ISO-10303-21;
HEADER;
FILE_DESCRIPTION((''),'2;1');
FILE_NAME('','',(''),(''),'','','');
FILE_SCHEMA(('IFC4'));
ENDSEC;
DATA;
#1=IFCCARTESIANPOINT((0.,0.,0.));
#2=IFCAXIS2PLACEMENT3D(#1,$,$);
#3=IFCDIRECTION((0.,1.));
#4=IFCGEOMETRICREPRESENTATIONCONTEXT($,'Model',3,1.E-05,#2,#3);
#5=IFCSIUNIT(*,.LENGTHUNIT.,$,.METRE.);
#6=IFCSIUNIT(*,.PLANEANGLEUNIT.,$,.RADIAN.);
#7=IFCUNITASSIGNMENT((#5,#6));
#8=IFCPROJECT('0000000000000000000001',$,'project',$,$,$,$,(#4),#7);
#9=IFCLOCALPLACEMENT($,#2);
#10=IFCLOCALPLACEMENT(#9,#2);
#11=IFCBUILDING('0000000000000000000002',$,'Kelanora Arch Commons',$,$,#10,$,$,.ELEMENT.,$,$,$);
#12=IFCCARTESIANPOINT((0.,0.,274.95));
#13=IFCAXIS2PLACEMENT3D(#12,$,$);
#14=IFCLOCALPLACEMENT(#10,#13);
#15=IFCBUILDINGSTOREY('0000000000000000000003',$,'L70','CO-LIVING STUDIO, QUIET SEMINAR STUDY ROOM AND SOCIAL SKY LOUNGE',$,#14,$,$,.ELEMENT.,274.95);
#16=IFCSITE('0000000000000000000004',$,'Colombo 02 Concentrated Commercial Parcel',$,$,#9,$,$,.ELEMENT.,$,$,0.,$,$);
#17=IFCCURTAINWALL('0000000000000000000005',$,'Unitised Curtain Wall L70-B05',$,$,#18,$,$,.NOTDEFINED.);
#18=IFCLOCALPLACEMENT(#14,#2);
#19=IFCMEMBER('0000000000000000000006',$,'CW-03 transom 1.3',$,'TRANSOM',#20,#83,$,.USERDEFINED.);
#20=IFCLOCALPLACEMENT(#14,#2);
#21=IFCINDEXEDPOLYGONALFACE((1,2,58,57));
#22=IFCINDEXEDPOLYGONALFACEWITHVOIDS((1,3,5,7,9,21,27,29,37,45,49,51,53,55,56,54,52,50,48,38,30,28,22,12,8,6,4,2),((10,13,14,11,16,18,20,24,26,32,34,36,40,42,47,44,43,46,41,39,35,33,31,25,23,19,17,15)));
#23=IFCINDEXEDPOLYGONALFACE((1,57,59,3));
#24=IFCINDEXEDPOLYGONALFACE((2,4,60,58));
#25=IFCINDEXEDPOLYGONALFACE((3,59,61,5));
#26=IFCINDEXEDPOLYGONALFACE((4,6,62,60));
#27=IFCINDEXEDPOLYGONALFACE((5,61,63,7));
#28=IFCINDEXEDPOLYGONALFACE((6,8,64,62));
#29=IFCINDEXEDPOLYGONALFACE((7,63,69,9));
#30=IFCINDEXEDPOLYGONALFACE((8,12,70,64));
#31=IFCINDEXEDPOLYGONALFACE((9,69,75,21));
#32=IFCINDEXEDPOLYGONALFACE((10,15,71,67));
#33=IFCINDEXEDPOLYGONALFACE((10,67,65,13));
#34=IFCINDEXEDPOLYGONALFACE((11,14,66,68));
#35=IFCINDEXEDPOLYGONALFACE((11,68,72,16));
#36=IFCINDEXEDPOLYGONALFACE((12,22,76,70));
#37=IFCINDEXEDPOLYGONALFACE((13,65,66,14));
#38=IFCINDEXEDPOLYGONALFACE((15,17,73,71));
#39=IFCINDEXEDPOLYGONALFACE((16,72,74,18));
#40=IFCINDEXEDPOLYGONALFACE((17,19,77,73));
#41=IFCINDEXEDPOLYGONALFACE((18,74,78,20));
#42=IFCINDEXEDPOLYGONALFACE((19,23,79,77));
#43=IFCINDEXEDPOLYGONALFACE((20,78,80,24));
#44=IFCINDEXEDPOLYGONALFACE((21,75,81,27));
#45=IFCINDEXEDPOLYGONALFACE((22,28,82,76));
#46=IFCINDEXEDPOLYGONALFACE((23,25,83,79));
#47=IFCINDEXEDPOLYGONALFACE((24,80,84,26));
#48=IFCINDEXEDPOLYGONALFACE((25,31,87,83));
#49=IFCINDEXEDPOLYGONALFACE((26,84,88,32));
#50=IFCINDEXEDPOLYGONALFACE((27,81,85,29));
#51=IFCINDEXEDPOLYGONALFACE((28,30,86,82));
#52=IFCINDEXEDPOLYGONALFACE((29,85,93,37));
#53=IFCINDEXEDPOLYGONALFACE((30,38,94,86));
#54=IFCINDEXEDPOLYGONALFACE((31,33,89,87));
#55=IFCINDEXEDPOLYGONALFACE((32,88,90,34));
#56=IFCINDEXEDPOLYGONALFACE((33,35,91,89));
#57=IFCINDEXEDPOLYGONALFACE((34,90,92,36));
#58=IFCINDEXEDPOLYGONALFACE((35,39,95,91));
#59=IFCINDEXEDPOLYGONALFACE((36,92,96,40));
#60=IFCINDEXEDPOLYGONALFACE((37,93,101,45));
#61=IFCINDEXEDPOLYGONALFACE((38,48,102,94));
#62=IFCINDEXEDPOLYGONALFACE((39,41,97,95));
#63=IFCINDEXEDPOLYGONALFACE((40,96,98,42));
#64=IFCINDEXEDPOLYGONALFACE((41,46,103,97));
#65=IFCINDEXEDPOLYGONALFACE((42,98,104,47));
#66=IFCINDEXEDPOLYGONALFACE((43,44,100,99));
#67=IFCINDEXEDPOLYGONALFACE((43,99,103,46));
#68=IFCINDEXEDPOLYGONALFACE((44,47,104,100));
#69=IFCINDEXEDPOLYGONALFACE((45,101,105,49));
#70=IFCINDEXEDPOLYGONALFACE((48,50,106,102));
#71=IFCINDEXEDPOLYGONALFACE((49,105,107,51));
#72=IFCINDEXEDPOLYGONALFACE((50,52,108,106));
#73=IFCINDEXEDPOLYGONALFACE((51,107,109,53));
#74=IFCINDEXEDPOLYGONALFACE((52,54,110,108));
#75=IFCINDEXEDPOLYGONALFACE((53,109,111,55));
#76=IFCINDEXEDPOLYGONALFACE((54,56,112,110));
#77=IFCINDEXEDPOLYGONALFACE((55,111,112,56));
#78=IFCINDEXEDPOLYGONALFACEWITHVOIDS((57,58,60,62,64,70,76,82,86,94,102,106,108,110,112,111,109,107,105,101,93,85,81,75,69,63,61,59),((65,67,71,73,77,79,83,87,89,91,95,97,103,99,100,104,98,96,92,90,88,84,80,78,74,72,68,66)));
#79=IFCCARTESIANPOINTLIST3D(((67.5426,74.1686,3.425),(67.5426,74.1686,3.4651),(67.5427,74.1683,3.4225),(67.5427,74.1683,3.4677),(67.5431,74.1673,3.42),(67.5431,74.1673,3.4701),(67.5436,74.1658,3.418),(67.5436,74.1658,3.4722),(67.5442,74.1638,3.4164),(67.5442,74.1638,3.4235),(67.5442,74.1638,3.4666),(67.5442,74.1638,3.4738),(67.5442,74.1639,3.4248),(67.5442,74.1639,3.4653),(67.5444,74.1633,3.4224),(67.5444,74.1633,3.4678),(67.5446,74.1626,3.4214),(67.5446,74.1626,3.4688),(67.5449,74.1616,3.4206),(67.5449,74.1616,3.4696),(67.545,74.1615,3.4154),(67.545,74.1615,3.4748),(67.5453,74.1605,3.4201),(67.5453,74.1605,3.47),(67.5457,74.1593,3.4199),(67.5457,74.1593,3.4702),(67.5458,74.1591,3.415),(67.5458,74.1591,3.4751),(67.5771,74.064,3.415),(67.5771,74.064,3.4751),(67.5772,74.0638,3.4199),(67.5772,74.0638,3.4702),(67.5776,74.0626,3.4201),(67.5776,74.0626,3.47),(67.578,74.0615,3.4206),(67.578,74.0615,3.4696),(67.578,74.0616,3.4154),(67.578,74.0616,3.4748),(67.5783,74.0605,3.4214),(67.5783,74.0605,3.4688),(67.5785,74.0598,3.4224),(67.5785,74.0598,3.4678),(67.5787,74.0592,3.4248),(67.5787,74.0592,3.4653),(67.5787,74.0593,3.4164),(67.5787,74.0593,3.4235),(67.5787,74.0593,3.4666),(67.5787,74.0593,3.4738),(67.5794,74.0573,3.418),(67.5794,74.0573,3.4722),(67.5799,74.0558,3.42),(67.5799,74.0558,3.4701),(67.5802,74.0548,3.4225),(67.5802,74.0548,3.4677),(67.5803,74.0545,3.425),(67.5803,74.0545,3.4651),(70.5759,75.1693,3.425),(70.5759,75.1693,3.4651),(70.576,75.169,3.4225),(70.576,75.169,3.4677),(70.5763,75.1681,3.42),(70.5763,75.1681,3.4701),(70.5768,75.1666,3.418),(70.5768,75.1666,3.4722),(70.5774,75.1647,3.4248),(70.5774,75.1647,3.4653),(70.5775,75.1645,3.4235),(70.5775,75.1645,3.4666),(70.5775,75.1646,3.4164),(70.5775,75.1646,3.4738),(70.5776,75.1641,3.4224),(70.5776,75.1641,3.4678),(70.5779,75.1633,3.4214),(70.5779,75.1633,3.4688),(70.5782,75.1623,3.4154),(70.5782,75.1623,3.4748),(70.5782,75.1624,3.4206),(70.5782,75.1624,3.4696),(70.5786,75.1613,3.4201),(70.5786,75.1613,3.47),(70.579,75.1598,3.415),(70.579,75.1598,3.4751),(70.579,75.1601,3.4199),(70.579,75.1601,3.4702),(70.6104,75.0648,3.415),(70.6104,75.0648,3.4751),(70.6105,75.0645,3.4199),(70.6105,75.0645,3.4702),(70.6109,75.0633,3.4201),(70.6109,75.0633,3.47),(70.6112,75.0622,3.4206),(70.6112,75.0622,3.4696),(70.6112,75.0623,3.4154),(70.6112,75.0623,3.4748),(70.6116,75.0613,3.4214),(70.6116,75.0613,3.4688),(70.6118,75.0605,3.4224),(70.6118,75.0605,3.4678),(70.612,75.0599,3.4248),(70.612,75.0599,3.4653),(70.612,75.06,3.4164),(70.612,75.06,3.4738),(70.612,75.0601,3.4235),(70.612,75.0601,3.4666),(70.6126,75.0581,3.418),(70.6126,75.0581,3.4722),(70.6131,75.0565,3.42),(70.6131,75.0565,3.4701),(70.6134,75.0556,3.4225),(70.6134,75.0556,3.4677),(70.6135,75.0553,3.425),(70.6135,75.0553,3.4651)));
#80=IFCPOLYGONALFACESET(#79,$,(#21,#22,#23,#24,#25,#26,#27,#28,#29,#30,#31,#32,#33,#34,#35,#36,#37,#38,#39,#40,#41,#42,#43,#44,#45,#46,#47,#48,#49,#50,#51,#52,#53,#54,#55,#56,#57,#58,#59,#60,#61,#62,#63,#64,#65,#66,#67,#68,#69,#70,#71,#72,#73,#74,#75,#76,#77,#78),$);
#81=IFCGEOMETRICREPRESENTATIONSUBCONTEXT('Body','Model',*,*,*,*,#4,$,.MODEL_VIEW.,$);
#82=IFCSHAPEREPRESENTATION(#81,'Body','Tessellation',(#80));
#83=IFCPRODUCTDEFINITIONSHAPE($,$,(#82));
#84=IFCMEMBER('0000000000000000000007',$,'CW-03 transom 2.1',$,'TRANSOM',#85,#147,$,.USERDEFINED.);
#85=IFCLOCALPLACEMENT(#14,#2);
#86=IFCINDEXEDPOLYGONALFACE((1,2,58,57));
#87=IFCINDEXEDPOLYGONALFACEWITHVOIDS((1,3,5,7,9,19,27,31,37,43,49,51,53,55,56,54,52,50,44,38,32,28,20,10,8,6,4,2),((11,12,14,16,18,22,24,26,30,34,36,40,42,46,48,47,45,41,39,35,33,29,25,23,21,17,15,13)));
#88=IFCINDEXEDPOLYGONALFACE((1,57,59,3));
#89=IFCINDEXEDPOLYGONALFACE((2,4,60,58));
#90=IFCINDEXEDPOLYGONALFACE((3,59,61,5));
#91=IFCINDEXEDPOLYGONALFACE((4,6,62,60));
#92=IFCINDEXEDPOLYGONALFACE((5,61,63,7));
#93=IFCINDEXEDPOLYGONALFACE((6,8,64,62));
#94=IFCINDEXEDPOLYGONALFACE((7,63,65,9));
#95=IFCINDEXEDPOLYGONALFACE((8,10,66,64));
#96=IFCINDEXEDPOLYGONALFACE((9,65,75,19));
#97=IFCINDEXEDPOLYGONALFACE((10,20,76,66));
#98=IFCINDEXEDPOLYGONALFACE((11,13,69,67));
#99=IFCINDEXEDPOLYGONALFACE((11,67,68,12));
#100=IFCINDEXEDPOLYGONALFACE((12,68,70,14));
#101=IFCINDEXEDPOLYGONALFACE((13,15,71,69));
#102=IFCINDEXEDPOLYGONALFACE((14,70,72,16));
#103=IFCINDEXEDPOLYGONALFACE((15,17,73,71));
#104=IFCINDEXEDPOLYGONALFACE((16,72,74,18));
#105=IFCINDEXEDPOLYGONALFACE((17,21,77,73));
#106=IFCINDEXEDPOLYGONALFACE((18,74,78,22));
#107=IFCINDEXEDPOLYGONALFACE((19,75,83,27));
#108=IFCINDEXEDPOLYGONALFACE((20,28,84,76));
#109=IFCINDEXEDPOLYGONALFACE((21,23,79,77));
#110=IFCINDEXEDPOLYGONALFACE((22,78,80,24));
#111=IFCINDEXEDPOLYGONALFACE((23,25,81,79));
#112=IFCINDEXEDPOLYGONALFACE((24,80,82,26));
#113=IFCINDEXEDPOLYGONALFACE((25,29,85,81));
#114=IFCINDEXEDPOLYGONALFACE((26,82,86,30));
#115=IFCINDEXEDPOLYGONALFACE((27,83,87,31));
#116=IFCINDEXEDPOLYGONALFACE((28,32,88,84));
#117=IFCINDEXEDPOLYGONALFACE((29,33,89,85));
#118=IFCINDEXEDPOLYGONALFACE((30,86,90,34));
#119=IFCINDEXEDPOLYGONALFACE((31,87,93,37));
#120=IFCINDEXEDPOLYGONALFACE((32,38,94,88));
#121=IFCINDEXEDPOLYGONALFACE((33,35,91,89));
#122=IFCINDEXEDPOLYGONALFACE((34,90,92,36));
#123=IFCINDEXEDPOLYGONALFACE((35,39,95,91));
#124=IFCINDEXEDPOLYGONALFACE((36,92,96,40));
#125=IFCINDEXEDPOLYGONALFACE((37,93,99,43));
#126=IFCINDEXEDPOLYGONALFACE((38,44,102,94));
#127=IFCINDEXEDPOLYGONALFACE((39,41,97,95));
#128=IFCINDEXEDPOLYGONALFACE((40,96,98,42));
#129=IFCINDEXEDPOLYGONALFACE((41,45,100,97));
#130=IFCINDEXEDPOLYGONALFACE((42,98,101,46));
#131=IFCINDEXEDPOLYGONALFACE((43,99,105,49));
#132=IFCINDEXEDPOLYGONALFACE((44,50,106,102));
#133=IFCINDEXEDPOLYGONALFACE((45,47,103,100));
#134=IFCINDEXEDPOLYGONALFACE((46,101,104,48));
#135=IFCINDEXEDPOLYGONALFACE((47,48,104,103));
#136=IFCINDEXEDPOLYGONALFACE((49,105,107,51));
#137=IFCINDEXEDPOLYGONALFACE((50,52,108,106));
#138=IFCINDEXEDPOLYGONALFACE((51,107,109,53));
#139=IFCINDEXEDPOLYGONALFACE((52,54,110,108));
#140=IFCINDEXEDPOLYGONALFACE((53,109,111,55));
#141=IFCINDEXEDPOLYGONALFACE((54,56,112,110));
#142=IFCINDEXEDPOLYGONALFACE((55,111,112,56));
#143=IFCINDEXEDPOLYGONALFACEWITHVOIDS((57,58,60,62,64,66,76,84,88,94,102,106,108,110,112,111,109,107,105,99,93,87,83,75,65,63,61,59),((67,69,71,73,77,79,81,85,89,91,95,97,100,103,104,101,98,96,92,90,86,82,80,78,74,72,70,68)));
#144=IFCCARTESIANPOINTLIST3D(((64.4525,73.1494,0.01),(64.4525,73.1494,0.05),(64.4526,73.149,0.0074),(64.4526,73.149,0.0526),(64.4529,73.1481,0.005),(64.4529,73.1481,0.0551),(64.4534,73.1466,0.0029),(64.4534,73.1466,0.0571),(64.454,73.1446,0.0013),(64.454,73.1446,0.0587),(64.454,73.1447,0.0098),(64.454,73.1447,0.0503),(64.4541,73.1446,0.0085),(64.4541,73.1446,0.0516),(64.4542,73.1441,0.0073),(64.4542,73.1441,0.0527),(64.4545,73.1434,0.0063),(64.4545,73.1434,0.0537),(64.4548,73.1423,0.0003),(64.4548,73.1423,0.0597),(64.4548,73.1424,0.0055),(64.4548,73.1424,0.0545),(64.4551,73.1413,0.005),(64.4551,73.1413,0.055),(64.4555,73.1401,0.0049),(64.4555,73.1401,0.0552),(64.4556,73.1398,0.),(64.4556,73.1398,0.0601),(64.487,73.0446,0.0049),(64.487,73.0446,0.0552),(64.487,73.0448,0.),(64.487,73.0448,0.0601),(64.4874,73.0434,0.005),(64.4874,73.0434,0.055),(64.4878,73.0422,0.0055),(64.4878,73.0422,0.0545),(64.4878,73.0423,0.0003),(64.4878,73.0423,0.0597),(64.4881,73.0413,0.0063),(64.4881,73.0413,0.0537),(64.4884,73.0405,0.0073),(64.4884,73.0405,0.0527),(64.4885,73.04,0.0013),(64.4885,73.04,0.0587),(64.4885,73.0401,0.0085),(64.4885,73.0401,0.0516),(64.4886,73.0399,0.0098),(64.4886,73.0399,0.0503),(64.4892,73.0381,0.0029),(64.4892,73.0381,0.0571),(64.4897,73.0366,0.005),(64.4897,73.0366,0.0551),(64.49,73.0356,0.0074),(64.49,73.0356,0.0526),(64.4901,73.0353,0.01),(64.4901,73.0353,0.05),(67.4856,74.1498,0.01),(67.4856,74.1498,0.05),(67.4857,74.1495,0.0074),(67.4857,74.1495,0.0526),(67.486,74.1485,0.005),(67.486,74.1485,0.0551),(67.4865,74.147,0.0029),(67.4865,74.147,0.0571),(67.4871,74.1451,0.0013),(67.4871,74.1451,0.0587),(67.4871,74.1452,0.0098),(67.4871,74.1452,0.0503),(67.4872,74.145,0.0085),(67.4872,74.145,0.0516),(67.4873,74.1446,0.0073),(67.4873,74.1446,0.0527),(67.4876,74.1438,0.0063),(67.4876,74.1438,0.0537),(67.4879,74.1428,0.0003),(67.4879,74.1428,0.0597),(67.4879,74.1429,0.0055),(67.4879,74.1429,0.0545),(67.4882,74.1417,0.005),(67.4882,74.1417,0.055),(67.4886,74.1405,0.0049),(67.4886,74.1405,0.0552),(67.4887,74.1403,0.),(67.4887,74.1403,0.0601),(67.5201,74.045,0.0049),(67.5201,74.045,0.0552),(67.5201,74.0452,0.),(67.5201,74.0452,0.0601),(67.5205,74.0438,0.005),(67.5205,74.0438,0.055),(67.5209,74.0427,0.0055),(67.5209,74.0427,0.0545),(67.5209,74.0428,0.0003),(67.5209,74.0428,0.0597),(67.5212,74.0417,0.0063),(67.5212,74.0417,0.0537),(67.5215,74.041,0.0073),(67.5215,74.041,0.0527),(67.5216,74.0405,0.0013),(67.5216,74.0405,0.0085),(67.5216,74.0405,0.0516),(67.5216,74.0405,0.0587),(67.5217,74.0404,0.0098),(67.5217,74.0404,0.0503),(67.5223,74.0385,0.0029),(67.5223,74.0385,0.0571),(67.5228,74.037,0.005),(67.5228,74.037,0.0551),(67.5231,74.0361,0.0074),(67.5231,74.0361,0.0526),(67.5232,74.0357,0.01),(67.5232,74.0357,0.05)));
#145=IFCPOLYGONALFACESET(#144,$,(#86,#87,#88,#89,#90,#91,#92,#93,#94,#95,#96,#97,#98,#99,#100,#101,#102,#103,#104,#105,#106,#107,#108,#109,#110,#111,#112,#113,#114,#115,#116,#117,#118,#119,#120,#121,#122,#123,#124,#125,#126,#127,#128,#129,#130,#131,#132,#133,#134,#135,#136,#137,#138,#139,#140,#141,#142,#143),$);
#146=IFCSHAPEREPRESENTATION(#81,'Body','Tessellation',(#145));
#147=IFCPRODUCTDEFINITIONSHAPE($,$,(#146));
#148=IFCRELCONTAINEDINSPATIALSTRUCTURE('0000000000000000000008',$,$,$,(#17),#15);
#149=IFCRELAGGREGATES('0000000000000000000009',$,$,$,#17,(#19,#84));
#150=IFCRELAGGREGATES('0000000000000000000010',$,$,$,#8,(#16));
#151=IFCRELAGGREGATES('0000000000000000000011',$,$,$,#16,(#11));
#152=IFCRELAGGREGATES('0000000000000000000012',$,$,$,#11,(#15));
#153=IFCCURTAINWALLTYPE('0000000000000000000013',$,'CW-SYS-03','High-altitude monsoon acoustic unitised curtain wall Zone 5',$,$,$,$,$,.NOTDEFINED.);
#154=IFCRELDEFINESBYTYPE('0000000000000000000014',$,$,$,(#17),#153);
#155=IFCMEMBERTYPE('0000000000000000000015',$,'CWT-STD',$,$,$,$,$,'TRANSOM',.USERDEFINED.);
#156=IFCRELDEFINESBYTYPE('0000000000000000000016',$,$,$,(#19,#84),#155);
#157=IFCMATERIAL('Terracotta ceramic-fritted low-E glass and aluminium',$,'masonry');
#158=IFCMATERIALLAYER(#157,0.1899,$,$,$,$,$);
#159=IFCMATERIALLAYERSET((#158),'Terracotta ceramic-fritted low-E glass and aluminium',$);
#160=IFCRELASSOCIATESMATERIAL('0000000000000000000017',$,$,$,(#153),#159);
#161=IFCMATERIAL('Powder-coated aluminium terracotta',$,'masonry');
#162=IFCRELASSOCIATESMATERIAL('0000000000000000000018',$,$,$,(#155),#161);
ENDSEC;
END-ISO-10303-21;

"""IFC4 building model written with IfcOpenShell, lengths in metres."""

from ifc_helpers import new_model, si_unit, direction, frame, origin, origin_2d, place, context, subcontext, project, spatial, hollow_rectangle, extrude, material, layer, layer_set, material_profile, profile_set, type_object, element, aggregate, save


model = new_model("IFC4")

# Units and contexts
model_context = context("Model", 3, precision=1e-05, world=origin(), true_north=direction((0.0, 1.0)))
body_context = subcontext(model_context, "Body", "Model", "MODEL_VIEW")
ifc_project = project(units=[si_unit("LENGTHUNIT", "METRE"), si_unit("PLANEANGLEUNIT", "RADIAN")], contexts=[model_context])

# Site, building, storey
site_placement = place(None, origin())
site = spatial("IfcSite", under=ifc_project, at=site_placement, Name="Colombo 02 Concentrated Commercial Parcel", CompositionType="ELEMENT", RefElevation=0.0)
building_placement = place(site_placement, origin())
building = spatial("IfcBuilding", under=site, at=building_placement, Name="Kelanora Arch Commons", CompositionType="ELEMENT")
storey_placement = place(building_placement, frame((0.0, 0.0, 274.95)))
storey = spatial("IfcBuildingStorey", under=building, at=storey_placement, Name="L70", Description="CO-LIVING STUDIO, QUIET SEMINAR STUDY ROOM AND SOCIAL SKY LOUNGE", CompositionType="ELEMENT", Elevation=274.95)

# Curtain wall, members
ifc_material_1 = material(Name="Terracotta ceramic-fritted low-E glass and aluminium", Category="masonry")
ifc_layer_1 = layer(ifc_material_1, 0.1899)
ifc_layer_set_1 = layer_set([ifc_layer_1], Name="Terracotta ceramic-fritted low-E glass and aluminium")
curtain_wall_type = type_object("IfcCurtainWallType", Name="CW-SYS-03", Description="High-altitude monsoon acoustic unitised curtain wall Zone 5", PredefinedType="NOTDEFINED", material=ifc_layer_set_1)
curtain_wall_placement = place(storey_placement, origin())
curtain_wall = element("IfcCurtainWall", 1, at=curtain_wall_placement, inside=storey, type_object=curtain_wall_type, Name="Unitised Curtain Wall L70-B05", PredefinedType="NOTDEFINED")
ifc_material_2 = material(Name="Powder-coated aluminium terracotta", Category="masonry")
ifc_material_profile_1 = material_profile(ifc_material_2, hollow_rectangle(XDim=0.1201, YDim=0.0601, WallThickness=0.0049, InnerFilletRadius=0.0049, OuterFilletRadius=0.01, at=origin_2d()), Name="CWT120x60")
ifc_profile_set_1 = profile_set([ifc_material_profile_1], Name="Powder-coated aluminium terracotta")
member_type_1 = type_object("IfcMemberType", Name="CWT-STD", ElementType="TRANSOM", PredefinedType="USERDEFINED", material=ifc_profile_set_1)
member_1_placement = place(storey_placement, frame((70.5947, 75.1123, 3.4451), z_axis=(-0.94965, -0.313314, 0.0), x_axis=(0.313314, -0.94965, 0.0)))
member_1 = element("IfcMember", 2, at=member_1_placement, type_object=member_type_1, Name="CW-03 transom 1.3", ObjectType="TRANSOM", PredefinedType="USERDEFINED", context=body_context, shape_type="SweptSolid", body=[
    extrude(hollow_rectangle(XDim=0.1201, YDim=0.0601, WallThickness=0.0049, InnerFilletRadius=0.0049, OuterFilletRadius=0.01, at=origin_2d()), origin(), (0.0, 0.0, 1.0), 3.1941),
])
member_2_placement = place(storey_placement, frame((67.5044, 74.0928, 0.03), z_axis=(-0.949672, -0.313245, 0.0), x_axis=(0.313245, -0.949672, 0.0)))
member_2 = element("IfcMember", 3, at=member_2_placement, type_object=member_type_1, Name="CW-03 transom 2.1", ObjectType="TRANSOM", PredefinedType="USERDEFINED", context=body_context, shape_type="SweptSolid", body=[
    extrude(hollow_rectangle(XDim=0.1201, YDim=0.0601, WallThickness=0.0049, InnerFilletRadius=0.0049, OuterFilletRadius=0.01, at=origin_2d()), origin(), (0.0, 0.0, 1.0), 3.1938),
])
aggregate(curtain_wall, [member_1, member_2])

save(model, "model.ifc")
